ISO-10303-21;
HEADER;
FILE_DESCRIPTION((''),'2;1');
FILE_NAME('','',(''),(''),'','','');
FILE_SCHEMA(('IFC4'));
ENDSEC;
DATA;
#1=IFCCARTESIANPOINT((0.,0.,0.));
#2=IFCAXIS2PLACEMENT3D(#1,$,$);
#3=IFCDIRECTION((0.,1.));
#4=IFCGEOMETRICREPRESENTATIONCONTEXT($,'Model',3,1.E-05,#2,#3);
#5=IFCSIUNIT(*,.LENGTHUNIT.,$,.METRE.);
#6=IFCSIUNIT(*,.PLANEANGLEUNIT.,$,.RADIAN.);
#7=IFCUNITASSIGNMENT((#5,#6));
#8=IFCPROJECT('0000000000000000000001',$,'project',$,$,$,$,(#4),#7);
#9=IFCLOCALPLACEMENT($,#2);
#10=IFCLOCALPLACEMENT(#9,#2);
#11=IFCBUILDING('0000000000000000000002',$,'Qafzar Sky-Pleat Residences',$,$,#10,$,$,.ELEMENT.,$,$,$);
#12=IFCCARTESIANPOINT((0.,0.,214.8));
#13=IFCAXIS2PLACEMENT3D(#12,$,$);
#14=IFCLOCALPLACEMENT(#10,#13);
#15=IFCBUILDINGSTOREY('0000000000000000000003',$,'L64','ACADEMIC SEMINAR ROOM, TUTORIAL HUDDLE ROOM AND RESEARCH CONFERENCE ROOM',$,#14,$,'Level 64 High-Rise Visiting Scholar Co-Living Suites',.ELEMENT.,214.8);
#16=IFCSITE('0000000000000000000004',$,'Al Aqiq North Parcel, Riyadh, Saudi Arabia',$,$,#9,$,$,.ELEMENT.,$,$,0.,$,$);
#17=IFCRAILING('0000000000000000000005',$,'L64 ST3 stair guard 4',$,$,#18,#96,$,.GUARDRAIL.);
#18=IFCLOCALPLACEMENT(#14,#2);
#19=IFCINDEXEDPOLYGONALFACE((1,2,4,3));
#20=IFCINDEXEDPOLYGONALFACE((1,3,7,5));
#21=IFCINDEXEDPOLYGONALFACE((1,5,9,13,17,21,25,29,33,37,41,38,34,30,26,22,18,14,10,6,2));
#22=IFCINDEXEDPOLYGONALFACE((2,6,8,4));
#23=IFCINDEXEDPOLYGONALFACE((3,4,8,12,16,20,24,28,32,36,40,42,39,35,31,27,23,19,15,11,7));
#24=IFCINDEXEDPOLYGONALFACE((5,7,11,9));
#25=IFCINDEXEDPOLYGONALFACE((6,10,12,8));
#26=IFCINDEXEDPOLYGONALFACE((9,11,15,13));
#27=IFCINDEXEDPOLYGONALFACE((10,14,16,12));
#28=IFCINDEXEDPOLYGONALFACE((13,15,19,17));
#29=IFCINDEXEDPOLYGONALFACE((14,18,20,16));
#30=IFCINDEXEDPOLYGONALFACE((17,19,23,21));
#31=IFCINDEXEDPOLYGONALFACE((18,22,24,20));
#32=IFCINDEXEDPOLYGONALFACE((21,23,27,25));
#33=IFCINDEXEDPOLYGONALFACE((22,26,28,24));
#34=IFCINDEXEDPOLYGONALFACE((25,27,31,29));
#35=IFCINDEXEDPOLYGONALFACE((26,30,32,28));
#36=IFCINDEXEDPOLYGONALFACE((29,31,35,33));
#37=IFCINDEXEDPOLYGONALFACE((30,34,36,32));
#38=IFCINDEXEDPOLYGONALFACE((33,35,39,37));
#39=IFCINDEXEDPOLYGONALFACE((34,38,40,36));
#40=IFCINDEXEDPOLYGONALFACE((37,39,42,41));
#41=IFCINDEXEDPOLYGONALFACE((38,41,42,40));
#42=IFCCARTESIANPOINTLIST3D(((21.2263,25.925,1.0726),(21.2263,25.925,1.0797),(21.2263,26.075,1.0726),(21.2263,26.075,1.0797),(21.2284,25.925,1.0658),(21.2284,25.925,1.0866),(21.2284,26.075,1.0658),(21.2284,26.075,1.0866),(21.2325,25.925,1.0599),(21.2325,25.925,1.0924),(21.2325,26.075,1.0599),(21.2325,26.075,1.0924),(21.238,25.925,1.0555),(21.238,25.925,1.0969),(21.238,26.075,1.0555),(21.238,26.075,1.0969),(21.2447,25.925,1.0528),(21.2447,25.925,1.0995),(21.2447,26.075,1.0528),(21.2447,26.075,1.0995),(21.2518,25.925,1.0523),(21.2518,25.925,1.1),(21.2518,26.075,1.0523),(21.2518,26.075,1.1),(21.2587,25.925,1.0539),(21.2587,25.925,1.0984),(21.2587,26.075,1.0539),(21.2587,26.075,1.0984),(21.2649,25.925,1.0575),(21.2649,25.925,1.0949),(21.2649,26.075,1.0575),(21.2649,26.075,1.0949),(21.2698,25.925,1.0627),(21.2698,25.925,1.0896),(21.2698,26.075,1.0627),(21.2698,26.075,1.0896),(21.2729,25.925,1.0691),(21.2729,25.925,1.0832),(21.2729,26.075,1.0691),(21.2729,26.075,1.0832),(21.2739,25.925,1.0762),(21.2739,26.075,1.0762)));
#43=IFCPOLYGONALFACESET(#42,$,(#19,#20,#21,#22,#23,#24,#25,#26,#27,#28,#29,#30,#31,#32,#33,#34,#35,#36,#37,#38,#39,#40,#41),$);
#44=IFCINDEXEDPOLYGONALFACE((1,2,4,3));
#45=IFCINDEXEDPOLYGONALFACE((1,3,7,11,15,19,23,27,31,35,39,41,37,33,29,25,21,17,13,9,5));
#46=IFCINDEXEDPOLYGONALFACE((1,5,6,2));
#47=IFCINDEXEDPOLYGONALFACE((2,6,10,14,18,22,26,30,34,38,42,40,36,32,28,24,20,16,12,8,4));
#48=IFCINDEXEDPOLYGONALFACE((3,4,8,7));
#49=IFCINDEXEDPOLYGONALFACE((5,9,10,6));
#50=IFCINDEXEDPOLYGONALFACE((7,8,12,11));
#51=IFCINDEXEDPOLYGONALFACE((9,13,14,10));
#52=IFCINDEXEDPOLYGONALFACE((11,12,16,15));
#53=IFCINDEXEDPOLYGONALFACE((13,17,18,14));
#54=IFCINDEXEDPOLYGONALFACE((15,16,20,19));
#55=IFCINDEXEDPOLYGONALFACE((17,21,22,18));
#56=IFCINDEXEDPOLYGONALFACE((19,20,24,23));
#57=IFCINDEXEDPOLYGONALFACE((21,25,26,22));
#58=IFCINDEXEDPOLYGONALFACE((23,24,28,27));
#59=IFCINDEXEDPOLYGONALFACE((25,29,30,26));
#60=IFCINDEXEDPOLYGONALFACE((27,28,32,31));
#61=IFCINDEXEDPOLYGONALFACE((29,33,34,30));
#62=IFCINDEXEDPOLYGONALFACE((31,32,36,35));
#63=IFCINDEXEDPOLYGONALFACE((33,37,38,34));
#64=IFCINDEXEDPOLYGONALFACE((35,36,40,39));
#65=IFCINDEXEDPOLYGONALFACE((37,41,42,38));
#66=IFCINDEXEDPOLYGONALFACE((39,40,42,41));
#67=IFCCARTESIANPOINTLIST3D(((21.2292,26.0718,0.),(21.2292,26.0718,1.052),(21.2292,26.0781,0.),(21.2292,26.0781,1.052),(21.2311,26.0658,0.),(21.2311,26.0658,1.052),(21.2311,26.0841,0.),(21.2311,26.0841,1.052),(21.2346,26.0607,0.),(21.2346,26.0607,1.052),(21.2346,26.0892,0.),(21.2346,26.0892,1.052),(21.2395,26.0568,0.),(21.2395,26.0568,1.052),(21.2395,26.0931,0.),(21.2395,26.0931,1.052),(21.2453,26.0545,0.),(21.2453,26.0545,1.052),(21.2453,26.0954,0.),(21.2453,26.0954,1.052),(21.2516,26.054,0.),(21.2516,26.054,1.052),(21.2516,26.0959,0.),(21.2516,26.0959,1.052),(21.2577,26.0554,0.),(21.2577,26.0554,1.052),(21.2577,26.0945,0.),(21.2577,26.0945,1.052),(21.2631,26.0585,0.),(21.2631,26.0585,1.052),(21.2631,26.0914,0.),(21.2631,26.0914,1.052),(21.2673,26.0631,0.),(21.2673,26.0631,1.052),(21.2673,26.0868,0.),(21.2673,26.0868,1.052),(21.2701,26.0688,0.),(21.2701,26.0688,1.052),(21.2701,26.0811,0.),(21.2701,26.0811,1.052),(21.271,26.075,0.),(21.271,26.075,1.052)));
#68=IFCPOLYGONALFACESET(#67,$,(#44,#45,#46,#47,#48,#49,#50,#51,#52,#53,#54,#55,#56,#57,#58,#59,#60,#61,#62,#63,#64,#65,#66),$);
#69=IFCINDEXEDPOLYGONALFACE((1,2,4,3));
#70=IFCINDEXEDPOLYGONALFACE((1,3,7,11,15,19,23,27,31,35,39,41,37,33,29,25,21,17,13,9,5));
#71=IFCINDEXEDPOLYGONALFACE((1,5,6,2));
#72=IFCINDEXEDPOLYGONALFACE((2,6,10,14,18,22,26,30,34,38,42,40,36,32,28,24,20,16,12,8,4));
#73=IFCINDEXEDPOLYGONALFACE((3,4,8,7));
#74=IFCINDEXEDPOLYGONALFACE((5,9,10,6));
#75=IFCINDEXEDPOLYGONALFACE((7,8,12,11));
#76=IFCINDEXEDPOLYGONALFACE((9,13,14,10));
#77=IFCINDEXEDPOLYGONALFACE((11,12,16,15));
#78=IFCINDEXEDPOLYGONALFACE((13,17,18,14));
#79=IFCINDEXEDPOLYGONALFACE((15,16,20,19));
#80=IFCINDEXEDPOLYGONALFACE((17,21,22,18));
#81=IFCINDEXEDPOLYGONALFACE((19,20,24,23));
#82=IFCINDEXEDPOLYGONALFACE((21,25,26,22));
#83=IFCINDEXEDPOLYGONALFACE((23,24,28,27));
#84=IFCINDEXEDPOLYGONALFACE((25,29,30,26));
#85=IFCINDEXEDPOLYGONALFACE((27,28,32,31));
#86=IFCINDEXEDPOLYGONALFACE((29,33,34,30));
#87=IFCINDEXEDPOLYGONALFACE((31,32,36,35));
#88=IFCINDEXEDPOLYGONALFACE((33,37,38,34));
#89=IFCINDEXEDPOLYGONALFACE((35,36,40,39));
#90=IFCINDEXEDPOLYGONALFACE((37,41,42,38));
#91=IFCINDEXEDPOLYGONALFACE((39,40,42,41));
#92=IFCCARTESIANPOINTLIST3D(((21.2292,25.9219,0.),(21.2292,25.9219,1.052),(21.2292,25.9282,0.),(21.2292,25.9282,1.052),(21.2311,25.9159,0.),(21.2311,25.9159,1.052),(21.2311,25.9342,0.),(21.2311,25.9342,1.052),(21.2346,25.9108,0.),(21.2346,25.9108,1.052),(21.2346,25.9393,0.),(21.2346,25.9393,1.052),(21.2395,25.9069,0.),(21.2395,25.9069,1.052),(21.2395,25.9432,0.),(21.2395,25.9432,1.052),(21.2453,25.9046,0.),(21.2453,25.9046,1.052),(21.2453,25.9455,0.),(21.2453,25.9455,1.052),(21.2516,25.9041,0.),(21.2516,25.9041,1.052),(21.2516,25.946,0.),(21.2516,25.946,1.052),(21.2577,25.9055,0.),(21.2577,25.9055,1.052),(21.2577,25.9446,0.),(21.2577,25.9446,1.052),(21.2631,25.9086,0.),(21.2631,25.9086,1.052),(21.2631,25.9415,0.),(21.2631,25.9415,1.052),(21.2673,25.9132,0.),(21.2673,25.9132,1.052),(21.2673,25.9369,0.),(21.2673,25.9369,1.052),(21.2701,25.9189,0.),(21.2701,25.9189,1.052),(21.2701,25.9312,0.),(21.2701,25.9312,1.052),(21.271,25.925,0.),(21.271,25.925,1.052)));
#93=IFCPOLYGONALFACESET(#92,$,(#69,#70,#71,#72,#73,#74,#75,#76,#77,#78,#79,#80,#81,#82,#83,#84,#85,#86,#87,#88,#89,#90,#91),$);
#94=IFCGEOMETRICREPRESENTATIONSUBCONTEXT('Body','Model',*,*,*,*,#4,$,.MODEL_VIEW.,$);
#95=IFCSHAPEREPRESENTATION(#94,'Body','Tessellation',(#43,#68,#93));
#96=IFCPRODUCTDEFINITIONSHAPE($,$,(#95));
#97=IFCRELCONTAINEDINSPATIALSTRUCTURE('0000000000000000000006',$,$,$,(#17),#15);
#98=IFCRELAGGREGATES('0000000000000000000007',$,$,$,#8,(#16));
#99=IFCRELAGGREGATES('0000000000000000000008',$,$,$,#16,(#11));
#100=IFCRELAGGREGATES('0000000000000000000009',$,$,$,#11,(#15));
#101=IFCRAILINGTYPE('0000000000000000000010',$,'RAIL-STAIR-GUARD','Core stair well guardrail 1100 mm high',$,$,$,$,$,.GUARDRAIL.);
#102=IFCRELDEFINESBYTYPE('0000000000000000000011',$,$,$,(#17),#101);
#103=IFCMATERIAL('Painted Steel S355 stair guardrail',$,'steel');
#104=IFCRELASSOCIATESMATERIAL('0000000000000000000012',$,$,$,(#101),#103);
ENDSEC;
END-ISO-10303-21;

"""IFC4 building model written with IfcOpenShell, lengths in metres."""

from ifc_helpers import new_model, si_unit, direction, frame, origin, origin_2d, place, context, subcontext, project, spatial, circle, extrude, source, transform, mapped, material, type_object, element, save


model = new_model("IFC4")

# Units and contexts
model_context = context("Model", 3, precision=1e-05, world=origin(), true_north=direction((0.0, 1.0)))
body_context = subcontext(model_context, "Body", "Model", "MODEL_VIEW")
ifc_project = project(units=[si_unit("LENGTHUNIT", "METRE"), si_unit("PLANEANGLEUNIT", "RADIAN")], contexts=[model_context])

# Site, building, storey
site_placement = place(None, origin())
site = spatial("IfcSite", under=ifc_project, at=site_placement, Name="Al Aqiq North Parcel, Riyadh, Saudi Arabia", CompositionType="ELEMENT", RefElevation=0.0)
building_placement = place(site_placement, origin())
building = spatial("IfcBuilding", under=site, at=building_placement, Name="Qafzar Sky-Pleat Residences", CompositionType="ELEMENT")
storey_placement = place(building_placement, frame((0.0, 0.0, 214.8)))
storey = spatial("IfcBuildingStorey", under=building, at=storey_placement, Name="L64", Description="ACADEMIC SEMINAR ROOM, TUTORIAL HUDDLE ROOM AND RESEARCH CONFERENCE ROOM", LongName="Level 64 High-Rise Visiting Scholar Co-Living Suites", CompositionType="ELEMENT", Elevation=214.8)

# Railing
ifc_material_1 = material(Name="Painted Steel S355 stair guardrail", Category="steel")
railing_type_1 = type_object("IfcRailingType", Name="RAIL-STAIR-GUARD", Description="Core stair well guardrail 1100 mm high", PredefinedType="GUARDRAIL", material=ifc_material_1)
shared_shape_1 = source(origin(), body_context, "Body", "SweptSolid", [
    extrude(circle(Radius=0.0239, at=origin_2d()), frame((0.0, 0.0, 1.0762), z_axis=(0.0, -1.0, 0.0), x_axis=(1.0, 0.0, 0.0)), (0.0, 0.0, 1.0), 0.1499),
    extrude(circle(Radius=0.021, at=origin_2d()), origin(), (0.0, 0.0, 1.0), 1.052),
    extrude(circle(Radius=0.021, at=origin_2d()), frame((0.0, -0.1499, 0.0)), (0.0, 0.0, 1.0), 1.052),
])
for number, where, name in (
    (1, (21.25, 26.075, 0.0), "L64 ST3 stair guard 4"),
):
    element("IfcRailing", number, at=place(storey_placement, frame(where)), inside=storey, type_object=railing_type_1, Name=name, PredefinedType="GUARDRAIL", context=body_context, shape_type="MappedRepresentation", body=[
        mapped(shared_shape_1, transform((0.0, 0.0, 0.0), x_axis=(1.0, 0.0, 0.0), y_axis=(0.0, 1.0, 0.0), z_axis=(0.0, 0.0, 1.0), scale=1.0)),
    ])

save(model, "model.ifc")
